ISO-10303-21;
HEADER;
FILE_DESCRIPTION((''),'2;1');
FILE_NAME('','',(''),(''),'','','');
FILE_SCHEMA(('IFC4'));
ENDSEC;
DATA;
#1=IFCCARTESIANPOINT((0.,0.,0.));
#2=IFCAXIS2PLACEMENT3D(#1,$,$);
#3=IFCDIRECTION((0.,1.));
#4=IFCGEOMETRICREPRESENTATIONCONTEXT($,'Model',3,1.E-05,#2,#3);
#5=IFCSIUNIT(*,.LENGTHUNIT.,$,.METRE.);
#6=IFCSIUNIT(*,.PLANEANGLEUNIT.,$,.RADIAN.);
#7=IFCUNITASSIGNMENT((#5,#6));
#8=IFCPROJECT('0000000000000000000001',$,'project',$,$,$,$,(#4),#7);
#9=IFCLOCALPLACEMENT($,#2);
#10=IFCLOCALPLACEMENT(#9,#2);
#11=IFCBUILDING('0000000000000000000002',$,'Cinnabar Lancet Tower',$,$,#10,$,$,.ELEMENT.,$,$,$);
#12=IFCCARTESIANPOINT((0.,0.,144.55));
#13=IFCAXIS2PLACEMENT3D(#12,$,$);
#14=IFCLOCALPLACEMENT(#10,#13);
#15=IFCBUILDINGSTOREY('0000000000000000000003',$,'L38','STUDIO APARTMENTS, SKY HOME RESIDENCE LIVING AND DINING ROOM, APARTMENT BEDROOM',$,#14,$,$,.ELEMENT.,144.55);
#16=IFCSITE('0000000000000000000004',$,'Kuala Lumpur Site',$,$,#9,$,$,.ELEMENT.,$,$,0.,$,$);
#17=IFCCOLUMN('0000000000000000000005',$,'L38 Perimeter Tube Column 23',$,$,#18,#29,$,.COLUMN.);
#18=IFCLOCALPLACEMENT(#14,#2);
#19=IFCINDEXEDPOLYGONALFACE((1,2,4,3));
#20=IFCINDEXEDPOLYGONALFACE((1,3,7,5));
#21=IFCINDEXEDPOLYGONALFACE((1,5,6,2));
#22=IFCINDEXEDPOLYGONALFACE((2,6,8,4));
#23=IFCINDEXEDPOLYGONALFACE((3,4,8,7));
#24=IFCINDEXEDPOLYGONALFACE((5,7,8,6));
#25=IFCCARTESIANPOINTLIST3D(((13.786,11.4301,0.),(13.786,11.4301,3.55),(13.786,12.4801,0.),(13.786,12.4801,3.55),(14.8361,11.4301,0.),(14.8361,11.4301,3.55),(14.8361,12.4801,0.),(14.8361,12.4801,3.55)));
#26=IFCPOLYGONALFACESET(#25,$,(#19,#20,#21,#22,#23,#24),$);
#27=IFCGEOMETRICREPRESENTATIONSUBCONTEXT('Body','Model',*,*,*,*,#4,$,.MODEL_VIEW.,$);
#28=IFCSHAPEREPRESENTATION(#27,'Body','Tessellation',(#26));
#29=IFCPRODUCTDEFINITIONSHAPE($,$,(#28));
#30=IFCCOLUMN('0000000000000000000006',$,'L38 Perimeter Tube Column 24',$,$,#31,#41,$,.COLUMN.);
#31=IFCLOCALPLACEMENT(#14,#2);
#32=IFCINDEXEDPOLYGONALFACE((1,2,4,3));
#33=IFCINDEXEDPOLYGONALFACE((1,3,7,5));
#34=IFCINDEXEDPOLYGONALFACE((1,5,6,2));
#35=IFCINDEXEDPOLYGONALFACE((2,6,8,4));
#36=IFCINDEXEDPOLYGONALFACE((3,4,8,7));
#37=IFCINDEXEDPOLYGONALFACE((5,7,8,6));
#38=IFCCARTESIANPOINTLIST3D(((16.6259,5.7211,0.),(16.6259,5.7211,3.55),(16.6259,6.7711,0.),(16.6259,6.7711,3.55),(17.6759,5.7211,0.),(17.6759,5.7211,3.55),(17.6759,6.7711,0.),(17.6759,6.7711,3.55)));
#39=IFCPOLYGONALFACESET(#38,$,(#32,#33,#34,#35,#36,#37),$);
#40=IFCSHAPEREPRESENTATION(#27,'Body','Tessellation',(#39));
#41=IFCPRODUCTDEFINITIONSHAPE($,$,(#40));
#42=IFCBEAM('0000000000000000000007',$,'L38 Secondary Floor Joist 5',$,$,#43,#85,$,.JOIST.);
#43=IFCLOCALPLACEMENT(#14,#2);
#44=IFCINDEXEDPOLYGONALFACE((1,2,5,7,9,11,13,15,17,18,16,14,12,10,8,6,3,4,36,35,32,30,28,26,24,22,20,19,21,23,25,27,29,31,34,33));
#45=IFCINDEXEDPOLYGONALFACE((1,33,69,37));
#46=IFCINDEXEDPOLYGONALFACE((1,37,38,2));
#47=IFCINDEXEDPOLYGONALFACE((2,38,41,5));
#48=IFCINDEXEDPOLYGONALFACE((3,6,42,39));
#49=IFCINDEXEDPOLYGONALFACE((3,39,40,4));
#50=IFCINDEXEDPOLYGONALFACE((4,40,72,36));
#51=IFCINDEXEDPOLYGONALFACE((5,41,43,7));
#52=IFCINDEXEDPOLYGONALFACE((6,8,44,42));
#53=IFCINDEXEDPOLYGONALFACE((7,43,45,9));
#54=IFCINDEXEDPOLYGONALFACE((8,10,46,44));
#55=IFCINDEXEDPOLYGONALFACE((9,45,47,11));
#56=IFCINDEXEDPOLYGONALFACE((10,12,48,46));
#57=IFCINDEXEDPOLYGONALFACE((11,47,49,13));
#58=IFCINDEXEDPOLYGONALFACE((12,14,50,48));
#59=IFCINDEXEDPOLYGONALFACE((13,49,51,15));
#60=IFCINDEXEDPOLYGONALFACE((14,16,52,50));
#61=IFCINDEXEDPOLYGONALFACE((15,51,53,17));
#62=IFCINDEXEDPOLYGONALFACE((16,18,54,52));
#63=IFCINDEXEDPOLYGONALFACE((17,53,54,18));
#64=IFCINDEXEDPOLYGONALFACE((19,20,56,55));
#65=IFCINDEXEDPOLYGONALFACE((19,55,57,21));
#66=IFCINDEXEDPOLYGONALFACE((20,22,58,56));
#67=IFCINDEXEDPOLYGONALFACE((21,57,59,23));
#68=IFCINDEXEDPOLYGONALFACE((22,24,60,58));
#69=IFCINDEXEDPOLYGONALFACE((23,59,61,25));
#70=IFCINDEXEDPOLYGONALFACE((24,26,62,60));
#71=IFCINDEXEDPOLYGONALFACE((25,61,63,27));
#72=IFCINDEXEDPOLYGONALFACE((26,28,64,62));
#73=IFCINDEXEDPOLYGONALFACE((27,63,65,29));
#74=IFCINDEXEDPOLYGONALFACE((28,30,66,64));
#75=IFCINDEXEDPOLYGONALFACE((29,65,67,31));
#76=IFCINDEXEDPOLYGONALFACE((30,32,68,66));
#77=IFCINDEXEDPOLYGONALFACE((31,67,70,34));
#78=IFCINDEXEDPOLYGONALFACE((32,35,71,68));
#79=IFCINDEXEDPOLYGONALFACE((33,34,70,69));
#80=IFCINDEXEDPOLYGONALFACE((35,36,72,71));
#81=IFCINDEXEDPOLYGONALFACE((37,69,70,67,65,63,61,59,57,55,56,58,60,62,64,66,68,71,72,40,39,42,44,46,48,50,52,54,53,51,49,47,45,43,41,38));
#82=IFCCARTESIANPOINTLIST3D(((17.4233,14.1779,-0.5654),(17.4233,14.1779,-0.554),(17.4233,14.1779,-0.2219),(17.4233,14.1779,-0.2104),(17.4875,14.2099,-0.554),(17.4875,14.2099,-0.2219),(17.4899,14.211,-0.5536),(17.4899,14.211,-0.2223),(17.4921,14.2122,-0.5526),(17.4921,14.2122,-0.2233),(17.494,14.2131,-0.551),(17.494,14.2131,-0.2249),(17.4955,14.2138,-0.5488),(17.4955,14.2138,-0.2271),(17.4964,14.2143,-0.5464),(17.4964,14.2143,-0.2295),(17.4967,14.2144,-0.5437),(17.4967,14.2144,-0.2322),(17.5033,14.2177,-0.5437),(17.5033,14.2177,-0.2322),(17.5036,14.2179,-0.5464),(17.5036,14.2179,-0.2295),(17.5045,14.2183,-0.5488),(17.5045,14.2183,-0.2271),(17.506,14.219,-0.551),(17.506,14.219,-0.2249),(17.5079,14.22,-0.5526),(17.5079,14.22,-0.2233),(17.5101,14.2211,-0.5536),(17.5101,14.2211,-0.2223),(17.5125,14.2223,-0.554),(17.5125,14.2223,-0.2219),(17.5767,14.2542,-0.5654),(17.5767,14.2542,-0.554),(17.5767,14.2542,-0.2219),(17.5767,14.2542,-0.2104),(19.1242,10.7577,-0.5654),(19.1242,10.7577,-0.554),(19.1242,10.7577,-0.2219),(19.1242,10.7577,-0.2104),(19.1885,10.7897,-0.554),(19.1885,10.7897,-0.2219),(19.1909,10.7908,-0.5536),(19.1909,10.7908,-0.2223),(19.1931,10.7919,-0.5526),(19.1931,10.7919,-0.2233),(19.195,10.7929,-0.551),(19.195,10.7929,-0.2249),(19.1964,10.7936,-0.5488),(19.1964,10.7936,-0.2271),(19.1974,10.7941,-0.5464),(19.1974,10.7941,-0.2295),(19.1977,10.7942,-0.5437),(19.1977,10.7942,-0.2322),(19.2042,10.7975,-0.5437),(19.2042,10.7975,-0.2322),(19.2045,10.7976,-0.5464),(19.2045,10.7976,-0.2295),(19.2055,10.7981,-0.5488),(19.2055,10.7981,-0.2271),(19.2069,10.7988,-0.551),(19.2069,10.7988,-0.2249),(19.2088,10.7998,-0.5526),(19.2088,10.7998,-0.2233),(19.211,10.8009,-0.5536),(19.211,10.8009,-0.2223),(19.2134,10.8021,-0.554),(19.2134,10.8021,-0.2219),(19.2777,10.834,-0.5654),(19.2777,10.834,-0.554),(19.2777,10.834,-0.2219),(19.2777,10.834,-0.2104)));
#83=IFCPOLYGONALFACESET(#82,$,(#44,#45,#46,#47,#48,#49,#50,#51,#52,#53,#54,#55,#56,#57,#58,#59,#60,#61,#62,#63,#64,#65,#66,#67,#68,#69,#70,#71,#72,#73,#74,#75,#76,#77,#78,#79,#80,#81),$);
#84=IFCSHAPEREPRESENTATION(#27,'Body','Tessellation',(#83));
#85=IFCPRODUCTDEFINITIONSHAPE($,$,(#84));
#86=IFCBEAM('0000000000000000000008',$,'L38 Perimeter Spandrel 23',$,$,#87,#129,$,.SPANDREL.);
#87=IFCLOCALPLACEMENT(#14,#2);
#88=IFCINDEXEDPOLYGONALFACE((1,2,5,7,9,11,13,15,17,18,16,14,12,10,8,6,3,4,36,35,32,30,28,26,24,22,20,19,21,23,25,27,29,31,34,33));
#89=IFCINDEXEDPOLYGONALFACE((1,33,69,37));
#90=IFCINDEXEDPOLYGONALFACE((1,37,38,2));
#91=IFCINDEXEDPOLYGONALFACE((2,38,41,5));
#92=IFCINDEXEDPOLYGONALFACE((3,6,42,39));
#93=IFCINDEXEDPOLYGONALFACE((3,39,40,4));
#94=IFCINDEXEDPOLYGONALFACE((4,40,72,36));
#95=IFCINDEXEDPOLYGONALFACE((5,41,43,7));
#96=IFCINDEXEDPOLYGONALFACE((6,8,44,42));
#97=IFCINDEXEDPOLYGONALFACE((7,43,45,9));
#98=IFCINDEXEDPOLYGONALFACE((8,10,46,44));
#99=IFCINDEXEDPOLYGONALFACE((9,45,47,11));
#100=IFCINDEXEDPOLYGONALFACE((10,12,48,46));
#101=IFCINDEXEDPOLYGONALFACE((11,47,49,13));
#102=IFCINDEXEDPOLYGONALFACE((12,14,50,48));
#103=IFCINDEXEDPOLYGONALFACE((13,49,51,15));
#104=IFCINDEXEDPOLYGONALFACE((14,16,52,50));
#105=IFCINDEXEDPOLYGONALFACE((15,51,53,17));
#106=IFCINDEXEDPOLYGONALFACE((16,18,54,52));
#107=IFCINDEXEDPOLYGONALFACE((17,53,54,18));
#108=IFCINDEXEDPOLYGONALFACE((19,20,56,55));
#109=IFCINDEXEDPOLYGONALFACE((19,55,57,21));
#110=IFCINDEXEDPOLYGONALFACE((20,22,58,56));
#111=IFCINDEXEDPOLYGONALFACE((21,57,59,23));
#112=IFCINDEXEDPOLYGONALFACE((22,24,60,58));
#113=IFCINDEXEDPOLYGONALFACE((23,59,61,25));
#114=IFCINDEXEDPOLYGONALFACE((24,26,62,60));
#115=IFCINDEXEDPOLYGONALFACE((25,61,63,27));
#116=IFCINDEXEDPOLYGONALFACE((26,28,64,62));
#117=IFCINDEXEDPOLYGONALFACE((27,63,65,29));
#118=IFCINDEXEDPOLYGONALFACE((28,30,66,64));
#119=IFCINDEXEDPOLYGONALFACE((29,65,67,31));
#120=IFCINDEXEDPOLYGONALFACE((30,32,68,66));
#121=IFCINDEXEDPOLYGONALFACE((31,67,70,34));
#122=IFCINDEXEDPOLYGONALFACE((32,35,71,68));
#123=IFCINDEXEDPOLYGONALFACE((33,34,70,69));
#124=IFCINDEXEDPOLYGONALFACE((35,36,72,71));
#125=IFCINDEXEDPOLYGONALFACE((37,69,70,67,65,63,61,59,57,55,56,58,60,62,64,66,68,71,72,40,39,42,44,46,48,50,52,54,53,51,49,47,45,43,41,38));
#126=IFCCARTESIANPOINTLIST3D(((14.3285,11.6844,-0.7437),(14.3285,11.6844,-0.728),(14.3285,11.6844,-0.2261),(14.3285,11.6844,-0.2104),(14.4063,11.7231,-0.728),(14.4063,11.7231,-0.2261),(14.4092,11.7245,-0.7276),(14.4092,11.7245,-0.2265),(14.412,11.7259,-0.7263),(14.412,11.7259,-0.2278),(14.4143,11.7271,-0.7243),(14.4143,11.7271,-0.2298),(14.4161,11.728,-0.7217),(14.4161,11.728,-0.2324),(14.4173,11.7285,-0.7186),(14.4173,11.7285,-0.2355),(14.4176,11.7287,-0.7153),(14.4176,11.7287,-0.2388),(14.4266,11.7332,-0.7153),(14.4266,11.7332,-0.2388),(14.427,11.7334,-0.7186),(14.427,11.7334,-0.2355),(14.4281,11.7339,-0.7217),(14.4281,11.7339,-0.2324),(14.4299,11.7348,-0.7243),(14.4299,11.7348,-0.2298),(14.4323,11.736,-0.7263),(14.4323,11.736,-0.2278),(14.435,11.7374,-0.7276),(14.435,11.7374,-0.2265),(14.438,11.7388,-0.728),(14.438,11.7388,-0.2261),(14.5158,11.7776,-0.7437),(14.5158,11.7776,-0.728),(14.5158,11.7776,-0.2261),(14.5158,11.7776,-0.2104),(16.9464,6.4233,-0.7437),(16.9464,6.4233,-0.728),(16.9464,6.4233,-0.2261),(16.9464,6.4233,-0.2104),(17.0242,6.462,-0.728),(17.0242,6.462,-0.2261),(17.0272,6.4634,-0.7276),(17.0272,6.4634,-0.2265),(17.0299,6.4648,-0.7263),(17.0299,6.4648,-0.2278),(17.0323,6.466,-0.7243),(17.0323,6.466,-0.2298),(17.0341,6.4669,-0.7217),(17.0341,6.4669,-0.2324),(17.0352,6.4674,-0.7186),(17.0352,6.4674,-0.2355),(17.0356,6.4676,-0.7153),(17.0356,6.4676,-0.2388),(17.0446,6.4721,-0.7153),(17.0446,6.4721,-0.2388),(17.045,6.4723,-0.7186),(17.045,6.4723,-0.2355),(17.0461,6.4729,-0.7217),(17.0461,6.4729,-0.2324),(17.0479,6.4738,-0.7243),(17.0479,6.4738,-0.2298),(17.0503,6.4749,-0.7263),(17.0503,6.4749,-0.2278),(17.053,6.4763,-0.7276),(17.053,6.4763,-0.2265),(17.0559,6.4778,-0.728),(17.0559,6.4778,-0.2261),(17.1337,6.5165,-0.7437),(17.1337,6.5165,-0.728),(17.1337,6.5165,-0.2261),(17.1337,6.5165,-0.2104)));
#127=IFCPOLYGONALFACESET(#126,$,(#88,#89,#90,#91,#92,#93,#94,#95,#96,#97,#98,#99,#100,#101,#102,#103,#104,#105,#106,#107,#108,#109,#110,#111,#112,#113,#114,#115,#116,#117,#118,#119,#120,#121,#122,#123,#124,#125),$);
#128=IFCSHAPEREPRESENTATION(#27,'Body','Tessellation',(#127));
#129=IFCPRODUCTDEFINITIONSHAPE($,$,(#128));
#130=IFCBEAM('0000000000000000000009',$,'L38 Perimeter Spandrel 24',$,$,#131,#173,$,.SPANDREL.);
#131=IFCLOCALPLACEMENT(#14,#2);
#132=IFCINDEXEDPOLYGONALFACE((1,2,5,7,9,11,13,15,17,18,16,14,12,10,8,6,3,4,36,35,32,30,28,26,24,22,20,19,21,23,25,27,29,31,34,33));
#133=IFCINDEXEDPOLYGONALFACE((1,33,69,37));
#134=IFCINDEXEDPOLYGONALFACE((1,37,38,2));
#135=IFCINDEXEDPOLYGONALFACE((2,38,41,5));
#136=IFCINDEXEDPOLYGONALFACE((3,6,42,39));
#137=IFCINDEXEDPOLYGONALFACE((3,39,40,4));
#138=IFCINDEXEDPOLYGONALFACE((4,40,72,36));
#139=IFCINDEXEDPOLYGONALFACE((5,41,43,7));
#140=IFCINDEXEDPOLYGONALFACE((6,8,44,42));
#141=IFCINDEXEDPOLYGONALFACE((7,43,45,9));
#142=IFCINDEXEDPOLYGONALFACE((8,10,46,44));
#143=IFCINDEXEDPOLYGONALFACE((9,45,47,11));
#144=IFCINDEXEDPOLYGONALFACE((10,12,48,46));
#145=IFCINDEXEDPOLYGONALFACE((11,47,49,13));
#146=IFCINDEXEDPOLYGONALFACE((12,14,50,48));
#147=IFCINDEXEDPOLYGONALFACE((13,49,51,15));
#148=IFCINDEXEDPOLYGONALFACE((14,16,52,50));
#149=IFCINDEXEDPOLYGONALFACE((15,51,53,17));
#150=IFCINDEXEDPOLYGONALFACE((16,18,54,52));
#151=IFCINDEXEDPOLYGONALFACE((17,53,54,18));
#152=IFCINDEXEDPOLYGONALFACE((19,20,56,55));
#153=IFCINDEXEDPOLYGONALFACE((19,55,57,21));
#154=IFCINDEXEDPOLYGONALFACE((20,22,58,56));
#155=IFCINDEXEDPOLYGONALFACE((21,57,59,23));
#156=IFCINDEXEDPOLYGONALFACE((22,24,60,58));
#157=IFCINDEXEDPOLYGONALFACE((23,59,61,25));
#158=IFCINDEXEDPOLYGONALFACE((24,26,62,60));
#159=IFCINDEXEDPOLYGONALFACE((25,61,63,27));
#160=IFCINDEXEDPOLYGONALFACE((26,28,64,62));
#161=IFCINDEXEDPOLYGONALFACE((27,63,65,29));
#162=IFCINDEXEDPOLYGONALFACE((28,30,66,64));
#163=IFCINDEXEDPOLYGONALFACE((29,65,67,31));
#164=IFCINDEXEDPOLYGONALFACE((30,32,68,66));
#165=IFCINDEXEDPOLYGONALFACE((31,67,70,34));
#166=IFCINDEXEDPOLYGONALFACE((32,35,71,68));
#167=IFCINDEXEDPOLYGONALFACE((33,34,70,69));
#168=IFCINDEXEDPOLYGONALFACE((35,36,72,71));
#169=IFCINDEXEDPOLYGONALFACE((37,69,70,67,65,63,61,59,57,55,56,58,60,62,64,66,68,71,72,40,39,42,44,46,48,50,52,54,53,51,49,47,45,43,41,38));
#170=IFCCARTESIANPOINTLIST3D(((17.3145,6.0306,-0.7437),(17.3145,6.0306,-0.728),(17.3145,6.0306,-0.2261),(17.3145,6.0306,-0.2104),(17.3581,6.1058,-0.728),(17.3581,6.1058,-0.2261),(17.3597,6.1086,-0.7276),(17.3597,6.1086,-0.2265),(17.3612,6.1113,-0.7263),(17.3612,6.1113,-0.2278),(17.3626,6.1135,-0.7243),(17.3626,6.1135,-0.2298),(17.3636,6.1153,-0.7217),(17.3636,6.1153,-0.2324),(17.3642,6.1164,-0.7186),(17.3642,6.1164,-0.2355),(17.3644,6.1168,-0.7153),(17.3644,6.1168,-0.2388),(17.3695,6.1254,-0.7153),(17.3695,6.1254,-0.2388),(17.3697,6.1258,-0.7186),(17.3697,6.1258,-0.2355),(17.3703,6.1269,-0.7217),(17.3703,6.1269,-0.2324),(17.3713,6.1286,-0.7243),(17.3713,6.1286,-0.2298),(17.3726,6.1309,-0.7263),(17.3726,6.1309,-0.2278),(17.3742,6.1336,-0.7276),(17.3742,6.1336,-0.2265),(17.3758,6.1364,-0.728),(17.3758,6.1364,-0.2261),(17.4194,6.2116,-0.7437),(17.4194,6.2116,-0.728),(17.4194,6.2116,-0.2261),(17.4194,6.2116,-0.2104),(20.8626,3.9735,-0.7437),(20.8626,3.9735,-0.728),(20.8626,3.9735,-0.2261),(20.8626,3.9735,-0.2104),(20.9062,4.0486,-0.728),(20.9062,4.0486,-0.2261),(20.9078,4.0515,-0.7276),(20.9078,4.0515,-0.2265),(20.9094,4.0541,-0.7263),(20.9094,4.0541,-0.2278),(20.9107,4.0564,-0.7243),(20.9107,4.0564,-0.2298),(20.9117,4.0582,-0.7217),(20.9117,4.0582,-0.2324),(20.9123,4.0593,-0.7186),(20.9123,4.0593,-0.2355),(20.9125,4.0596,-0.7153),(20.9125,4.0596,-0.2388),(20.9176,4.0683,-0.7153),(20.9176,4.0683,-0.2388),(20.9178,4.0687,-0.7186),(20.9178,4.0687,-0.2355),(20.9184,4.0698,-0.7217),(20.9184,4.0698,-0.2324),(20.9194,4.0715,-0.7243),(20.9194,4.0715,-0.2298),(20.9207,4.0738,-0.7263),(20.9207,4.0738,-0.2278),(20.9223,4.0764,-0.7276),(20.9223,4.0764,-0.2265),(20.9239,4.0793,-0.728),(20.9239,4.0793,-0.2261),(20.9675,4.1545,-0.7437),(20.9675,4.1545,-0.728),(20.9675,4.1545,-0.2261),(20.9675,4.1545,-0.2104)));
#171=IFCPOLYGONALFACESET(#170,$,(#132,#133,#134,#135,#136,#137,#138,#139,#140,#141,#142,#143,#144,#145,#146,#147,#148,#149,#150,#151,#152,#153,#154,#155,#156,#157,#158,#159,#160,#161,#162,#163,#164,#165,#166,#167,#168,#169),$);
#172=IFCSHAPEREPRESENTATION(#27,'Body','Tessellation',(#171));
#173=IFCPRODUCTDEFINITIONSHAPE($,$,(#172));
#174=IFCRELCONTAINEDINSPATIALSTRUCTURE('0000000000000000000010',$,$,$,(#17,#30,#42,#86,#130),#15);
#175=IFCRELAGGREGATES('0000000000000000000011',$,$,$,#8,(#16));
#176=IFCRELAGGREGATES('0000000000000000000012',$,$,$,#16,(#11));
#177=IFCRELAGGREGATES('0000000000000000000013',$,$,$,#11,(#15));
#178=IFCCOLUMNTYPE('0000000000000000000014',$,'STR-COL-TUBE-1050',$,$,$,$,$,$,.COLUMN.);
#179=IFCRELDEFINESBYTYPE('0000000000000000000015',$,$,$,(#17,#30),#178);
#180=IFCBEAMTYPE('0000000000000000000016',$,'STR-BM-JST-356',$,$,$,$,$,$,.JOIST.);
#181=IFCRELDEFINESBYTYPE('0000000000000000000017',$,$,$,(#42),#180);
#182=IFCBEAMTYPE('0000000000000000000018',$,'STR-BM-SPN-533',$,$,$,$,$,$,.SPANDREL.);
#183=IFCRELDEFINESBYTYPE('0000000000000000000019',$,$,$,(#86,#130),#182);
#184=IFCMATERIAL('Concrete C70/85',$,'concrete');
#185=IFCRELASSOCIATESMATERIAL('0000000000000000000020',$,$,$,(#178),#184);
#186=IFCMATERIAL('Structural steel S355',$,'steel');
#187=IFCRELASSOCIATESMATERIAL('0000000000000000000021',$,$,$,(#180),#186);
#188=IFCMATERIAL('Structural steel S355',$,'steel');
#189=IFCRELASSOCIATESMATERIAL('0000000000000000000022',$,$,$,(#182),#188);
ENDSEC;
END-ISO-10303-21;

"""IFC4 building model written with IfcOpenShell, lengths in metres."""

from ifc_helpers import new_model, si_unit, direction, frame, origin, origin_2d, place, context, subcontext, project, spatial, rectangle, i_section, extrude, material, material_profile, profile_set, type_object, element, save


model = new_model("IFC4")

# Units and contexts
model_context = context("Model", 3, precision=1e-05, world=origin(), true_north=direction((0.0, 1.0)))
body_context = subcontext(model_context, "Body", "Model", "MODEL_VIEW")
ifc_project = project(units=[si_unit("LENGTHUNIT", "METRE"), si_unit("PLANEANGLEUNIT", "RADIAN")], contexts=[model_context])

# Site, building, storey
site_placement = place(None, origin())
site = spatial("IfcSite", under=ifc_project, at=site_placement, Name="Kuala Lumpur Site", CompositionType="ELEMENT", RefElevation=0.0)
building_placement = place(site_placement, origin())
building = spatial("IfcBuilding", under=site, at=building_placement, Name="Cinnabar Lancet Tower", CompositionType="ELEMENT")
storey_placement = place(building_placement, frame((0.0, 0.0, 144.55)))
storey = spatial("IfcBuildingStorey", under=building, at=storey_placement, Name="L38", Description="STUDIO APARTMENTS, SKY HOME RESIDENCE LIVING AND DINING ROOM, APARTMENT BEDROOM", CompositionType="ELEMENT", Elevation=144.55)

# Columns
ifc_material_1 = material(Name="Concrete C70/85", Category="concrete")
ifc_material_profile_1 = material_profile(ifc_material_1, rectangle(XDim=1.05, YDim=1.05, at=origin_2d()), Name="RC-COL 1050x1050")
ifc_profile_set_1 = profile_set([ifc_material_profile_1], Name="Concrete C70/85")
column_type = type_object("IfcColumnType", Name="STR-COL-TUBE-1050", PredefinedType="COLUMN", material=ifc_profile_set_1)
for number, where, z_axis, x_axis, name in (
    (1, (14.311, 11.9551, 0.0), (0.0, 0.0, 1.0), (1.0, 0.0, 0.0), "L38 Perimeter Tube Column 23"),
    (2, (17.1509, 6.2461, 0.0), (0.0, 0.0, 1.0), (1.0, 0.0, 0.0), "L38 Perimeter Tube Column 24"),
):
    element("IfcColumn", number, at=place(storey_placement, frame(where, z_axis=z_axis, x_axis=x_axis)), inside=storey, type_object=column_type, Name=name, PredefinedType="COLUMN", context=body_context, shape_type="SweptSolid", body=[
        extrude(rectangle(XDim=1.05, YDim=1.05, at=origin_2d()), origin(), (0.0, 0.0, 1.0), 3.55),
    ])

# Beams
ifc_material_2 = material(Name="Structural steel S355", Category="steel")
ifc_material_profile_2 = material_profile(ifc_material_2, i_section(OverallWidth=0.1714, OverallDepth=0.355, WebThickness=0.0073, FlangeThickness=0.0115, FilletRadius=0.0103, at=origin_2d()), Name="UKB 356x171x51")
ifc_profile_set_2 = profile_set([ifc_material_profile_2], Name="Structural steel S355")
beam_type_1 = type_object("IfcBeamType", Name="STR-BM-JST-356", PredefinedType="JOIST", material=ifc_profile_set_2)
beam_1_placement = place(storey_placement, frame((17.5, 14.2161, -0.3879), z_axis=(0.445295, -0.895384, 0.0), x_axis=(0.895384, 0.445295, 0.0)))
element("IfcBeam", 3, at=beam_1_placement, inside=storey, type_object=beam_type_1, Name="L38 Secondary Floor Joist 5", PredefinedType="JOIST", context=body_context, shape_type="SweptSolid", body=[
    extrude(i_section(OverallWidth=0.1714, OverallDepth=0.355, WebThickness=0.0073, FlangeThickness=0.0115, FilletRadius=0.0103, at=origin_2d()), origin(), (0.0, 0.0, 1.0), 3.8198),
])
ifc_material_3 = material(Name="Structural steel S355", Category="steel")
ifc_material_profile_3 = material_profile(ifc_material_3, i_section(OverallWidth=0.2092, OverallDepth=0.5332, WebThickness=0.01, FlangeThickness=0.0156, FilletRadius=0.0127, at=origin_2d()), Name="UKB 533x210x92")
ifc_profile_set_3 = profile_set([ifc_material_profile_3], Name="Structural steel S355")
beam_type_2 = type_object("IfcBeamType", Name="STR-BM-SPN-533", PredefinedType="SPANDREL", material=ifc_profile_set_3)
beam_2_placement = place(storey_placement, frame((14.4221, 11.731, -0.4771), z_axis=(0.445501, -0.895281, 0.0), x_axis=(0.895281, 0.445501, 0.0)))
element("IfcBeam", 4, at=beam_2_placement, inside=storey, type_object=beam_type_2, Name="L38 Perimeter Spandrel 23", PredefinedType="SPANDREL", context=body_context, shape_type="SweptSolid", body=[
    extrude(i_section(OverallWidth=0.2092, OverallDepth=0.5332, WebThickness=0.01, FlangeThickness=0.0156, FilletRadius=0.0127, at=origin_2d()), origin(), (0.0, 0.0, 1.0), 5.8765),
])
beam_3_placement = place(storey_placement, frame((17.3669, 6.1211, -0.4771), z_axis=(0.865112, -0.501578, 0.0), x_axis=(0.501578, 0.865112, 0.0)))
element("IfcBeam", 5, at=beam_3_placement, inside=storey, type_object=beam_type_2, Name="L38 Perimeter Spandrel 24", PredefinedType="SPANDREL", context=body_context, shape_type="SweptSolid", body=[
    extrude(i_section(OverallWidth=0.2092, OverallDepth=0.5332, WebThickness=0.01, FlangeThickness=0.0156, FilletRadius=0.0127, at=origin_2d()), origin(), (0.0, 0.0, 1.0), 4.1013),
])

save(model, "model.ifc")
